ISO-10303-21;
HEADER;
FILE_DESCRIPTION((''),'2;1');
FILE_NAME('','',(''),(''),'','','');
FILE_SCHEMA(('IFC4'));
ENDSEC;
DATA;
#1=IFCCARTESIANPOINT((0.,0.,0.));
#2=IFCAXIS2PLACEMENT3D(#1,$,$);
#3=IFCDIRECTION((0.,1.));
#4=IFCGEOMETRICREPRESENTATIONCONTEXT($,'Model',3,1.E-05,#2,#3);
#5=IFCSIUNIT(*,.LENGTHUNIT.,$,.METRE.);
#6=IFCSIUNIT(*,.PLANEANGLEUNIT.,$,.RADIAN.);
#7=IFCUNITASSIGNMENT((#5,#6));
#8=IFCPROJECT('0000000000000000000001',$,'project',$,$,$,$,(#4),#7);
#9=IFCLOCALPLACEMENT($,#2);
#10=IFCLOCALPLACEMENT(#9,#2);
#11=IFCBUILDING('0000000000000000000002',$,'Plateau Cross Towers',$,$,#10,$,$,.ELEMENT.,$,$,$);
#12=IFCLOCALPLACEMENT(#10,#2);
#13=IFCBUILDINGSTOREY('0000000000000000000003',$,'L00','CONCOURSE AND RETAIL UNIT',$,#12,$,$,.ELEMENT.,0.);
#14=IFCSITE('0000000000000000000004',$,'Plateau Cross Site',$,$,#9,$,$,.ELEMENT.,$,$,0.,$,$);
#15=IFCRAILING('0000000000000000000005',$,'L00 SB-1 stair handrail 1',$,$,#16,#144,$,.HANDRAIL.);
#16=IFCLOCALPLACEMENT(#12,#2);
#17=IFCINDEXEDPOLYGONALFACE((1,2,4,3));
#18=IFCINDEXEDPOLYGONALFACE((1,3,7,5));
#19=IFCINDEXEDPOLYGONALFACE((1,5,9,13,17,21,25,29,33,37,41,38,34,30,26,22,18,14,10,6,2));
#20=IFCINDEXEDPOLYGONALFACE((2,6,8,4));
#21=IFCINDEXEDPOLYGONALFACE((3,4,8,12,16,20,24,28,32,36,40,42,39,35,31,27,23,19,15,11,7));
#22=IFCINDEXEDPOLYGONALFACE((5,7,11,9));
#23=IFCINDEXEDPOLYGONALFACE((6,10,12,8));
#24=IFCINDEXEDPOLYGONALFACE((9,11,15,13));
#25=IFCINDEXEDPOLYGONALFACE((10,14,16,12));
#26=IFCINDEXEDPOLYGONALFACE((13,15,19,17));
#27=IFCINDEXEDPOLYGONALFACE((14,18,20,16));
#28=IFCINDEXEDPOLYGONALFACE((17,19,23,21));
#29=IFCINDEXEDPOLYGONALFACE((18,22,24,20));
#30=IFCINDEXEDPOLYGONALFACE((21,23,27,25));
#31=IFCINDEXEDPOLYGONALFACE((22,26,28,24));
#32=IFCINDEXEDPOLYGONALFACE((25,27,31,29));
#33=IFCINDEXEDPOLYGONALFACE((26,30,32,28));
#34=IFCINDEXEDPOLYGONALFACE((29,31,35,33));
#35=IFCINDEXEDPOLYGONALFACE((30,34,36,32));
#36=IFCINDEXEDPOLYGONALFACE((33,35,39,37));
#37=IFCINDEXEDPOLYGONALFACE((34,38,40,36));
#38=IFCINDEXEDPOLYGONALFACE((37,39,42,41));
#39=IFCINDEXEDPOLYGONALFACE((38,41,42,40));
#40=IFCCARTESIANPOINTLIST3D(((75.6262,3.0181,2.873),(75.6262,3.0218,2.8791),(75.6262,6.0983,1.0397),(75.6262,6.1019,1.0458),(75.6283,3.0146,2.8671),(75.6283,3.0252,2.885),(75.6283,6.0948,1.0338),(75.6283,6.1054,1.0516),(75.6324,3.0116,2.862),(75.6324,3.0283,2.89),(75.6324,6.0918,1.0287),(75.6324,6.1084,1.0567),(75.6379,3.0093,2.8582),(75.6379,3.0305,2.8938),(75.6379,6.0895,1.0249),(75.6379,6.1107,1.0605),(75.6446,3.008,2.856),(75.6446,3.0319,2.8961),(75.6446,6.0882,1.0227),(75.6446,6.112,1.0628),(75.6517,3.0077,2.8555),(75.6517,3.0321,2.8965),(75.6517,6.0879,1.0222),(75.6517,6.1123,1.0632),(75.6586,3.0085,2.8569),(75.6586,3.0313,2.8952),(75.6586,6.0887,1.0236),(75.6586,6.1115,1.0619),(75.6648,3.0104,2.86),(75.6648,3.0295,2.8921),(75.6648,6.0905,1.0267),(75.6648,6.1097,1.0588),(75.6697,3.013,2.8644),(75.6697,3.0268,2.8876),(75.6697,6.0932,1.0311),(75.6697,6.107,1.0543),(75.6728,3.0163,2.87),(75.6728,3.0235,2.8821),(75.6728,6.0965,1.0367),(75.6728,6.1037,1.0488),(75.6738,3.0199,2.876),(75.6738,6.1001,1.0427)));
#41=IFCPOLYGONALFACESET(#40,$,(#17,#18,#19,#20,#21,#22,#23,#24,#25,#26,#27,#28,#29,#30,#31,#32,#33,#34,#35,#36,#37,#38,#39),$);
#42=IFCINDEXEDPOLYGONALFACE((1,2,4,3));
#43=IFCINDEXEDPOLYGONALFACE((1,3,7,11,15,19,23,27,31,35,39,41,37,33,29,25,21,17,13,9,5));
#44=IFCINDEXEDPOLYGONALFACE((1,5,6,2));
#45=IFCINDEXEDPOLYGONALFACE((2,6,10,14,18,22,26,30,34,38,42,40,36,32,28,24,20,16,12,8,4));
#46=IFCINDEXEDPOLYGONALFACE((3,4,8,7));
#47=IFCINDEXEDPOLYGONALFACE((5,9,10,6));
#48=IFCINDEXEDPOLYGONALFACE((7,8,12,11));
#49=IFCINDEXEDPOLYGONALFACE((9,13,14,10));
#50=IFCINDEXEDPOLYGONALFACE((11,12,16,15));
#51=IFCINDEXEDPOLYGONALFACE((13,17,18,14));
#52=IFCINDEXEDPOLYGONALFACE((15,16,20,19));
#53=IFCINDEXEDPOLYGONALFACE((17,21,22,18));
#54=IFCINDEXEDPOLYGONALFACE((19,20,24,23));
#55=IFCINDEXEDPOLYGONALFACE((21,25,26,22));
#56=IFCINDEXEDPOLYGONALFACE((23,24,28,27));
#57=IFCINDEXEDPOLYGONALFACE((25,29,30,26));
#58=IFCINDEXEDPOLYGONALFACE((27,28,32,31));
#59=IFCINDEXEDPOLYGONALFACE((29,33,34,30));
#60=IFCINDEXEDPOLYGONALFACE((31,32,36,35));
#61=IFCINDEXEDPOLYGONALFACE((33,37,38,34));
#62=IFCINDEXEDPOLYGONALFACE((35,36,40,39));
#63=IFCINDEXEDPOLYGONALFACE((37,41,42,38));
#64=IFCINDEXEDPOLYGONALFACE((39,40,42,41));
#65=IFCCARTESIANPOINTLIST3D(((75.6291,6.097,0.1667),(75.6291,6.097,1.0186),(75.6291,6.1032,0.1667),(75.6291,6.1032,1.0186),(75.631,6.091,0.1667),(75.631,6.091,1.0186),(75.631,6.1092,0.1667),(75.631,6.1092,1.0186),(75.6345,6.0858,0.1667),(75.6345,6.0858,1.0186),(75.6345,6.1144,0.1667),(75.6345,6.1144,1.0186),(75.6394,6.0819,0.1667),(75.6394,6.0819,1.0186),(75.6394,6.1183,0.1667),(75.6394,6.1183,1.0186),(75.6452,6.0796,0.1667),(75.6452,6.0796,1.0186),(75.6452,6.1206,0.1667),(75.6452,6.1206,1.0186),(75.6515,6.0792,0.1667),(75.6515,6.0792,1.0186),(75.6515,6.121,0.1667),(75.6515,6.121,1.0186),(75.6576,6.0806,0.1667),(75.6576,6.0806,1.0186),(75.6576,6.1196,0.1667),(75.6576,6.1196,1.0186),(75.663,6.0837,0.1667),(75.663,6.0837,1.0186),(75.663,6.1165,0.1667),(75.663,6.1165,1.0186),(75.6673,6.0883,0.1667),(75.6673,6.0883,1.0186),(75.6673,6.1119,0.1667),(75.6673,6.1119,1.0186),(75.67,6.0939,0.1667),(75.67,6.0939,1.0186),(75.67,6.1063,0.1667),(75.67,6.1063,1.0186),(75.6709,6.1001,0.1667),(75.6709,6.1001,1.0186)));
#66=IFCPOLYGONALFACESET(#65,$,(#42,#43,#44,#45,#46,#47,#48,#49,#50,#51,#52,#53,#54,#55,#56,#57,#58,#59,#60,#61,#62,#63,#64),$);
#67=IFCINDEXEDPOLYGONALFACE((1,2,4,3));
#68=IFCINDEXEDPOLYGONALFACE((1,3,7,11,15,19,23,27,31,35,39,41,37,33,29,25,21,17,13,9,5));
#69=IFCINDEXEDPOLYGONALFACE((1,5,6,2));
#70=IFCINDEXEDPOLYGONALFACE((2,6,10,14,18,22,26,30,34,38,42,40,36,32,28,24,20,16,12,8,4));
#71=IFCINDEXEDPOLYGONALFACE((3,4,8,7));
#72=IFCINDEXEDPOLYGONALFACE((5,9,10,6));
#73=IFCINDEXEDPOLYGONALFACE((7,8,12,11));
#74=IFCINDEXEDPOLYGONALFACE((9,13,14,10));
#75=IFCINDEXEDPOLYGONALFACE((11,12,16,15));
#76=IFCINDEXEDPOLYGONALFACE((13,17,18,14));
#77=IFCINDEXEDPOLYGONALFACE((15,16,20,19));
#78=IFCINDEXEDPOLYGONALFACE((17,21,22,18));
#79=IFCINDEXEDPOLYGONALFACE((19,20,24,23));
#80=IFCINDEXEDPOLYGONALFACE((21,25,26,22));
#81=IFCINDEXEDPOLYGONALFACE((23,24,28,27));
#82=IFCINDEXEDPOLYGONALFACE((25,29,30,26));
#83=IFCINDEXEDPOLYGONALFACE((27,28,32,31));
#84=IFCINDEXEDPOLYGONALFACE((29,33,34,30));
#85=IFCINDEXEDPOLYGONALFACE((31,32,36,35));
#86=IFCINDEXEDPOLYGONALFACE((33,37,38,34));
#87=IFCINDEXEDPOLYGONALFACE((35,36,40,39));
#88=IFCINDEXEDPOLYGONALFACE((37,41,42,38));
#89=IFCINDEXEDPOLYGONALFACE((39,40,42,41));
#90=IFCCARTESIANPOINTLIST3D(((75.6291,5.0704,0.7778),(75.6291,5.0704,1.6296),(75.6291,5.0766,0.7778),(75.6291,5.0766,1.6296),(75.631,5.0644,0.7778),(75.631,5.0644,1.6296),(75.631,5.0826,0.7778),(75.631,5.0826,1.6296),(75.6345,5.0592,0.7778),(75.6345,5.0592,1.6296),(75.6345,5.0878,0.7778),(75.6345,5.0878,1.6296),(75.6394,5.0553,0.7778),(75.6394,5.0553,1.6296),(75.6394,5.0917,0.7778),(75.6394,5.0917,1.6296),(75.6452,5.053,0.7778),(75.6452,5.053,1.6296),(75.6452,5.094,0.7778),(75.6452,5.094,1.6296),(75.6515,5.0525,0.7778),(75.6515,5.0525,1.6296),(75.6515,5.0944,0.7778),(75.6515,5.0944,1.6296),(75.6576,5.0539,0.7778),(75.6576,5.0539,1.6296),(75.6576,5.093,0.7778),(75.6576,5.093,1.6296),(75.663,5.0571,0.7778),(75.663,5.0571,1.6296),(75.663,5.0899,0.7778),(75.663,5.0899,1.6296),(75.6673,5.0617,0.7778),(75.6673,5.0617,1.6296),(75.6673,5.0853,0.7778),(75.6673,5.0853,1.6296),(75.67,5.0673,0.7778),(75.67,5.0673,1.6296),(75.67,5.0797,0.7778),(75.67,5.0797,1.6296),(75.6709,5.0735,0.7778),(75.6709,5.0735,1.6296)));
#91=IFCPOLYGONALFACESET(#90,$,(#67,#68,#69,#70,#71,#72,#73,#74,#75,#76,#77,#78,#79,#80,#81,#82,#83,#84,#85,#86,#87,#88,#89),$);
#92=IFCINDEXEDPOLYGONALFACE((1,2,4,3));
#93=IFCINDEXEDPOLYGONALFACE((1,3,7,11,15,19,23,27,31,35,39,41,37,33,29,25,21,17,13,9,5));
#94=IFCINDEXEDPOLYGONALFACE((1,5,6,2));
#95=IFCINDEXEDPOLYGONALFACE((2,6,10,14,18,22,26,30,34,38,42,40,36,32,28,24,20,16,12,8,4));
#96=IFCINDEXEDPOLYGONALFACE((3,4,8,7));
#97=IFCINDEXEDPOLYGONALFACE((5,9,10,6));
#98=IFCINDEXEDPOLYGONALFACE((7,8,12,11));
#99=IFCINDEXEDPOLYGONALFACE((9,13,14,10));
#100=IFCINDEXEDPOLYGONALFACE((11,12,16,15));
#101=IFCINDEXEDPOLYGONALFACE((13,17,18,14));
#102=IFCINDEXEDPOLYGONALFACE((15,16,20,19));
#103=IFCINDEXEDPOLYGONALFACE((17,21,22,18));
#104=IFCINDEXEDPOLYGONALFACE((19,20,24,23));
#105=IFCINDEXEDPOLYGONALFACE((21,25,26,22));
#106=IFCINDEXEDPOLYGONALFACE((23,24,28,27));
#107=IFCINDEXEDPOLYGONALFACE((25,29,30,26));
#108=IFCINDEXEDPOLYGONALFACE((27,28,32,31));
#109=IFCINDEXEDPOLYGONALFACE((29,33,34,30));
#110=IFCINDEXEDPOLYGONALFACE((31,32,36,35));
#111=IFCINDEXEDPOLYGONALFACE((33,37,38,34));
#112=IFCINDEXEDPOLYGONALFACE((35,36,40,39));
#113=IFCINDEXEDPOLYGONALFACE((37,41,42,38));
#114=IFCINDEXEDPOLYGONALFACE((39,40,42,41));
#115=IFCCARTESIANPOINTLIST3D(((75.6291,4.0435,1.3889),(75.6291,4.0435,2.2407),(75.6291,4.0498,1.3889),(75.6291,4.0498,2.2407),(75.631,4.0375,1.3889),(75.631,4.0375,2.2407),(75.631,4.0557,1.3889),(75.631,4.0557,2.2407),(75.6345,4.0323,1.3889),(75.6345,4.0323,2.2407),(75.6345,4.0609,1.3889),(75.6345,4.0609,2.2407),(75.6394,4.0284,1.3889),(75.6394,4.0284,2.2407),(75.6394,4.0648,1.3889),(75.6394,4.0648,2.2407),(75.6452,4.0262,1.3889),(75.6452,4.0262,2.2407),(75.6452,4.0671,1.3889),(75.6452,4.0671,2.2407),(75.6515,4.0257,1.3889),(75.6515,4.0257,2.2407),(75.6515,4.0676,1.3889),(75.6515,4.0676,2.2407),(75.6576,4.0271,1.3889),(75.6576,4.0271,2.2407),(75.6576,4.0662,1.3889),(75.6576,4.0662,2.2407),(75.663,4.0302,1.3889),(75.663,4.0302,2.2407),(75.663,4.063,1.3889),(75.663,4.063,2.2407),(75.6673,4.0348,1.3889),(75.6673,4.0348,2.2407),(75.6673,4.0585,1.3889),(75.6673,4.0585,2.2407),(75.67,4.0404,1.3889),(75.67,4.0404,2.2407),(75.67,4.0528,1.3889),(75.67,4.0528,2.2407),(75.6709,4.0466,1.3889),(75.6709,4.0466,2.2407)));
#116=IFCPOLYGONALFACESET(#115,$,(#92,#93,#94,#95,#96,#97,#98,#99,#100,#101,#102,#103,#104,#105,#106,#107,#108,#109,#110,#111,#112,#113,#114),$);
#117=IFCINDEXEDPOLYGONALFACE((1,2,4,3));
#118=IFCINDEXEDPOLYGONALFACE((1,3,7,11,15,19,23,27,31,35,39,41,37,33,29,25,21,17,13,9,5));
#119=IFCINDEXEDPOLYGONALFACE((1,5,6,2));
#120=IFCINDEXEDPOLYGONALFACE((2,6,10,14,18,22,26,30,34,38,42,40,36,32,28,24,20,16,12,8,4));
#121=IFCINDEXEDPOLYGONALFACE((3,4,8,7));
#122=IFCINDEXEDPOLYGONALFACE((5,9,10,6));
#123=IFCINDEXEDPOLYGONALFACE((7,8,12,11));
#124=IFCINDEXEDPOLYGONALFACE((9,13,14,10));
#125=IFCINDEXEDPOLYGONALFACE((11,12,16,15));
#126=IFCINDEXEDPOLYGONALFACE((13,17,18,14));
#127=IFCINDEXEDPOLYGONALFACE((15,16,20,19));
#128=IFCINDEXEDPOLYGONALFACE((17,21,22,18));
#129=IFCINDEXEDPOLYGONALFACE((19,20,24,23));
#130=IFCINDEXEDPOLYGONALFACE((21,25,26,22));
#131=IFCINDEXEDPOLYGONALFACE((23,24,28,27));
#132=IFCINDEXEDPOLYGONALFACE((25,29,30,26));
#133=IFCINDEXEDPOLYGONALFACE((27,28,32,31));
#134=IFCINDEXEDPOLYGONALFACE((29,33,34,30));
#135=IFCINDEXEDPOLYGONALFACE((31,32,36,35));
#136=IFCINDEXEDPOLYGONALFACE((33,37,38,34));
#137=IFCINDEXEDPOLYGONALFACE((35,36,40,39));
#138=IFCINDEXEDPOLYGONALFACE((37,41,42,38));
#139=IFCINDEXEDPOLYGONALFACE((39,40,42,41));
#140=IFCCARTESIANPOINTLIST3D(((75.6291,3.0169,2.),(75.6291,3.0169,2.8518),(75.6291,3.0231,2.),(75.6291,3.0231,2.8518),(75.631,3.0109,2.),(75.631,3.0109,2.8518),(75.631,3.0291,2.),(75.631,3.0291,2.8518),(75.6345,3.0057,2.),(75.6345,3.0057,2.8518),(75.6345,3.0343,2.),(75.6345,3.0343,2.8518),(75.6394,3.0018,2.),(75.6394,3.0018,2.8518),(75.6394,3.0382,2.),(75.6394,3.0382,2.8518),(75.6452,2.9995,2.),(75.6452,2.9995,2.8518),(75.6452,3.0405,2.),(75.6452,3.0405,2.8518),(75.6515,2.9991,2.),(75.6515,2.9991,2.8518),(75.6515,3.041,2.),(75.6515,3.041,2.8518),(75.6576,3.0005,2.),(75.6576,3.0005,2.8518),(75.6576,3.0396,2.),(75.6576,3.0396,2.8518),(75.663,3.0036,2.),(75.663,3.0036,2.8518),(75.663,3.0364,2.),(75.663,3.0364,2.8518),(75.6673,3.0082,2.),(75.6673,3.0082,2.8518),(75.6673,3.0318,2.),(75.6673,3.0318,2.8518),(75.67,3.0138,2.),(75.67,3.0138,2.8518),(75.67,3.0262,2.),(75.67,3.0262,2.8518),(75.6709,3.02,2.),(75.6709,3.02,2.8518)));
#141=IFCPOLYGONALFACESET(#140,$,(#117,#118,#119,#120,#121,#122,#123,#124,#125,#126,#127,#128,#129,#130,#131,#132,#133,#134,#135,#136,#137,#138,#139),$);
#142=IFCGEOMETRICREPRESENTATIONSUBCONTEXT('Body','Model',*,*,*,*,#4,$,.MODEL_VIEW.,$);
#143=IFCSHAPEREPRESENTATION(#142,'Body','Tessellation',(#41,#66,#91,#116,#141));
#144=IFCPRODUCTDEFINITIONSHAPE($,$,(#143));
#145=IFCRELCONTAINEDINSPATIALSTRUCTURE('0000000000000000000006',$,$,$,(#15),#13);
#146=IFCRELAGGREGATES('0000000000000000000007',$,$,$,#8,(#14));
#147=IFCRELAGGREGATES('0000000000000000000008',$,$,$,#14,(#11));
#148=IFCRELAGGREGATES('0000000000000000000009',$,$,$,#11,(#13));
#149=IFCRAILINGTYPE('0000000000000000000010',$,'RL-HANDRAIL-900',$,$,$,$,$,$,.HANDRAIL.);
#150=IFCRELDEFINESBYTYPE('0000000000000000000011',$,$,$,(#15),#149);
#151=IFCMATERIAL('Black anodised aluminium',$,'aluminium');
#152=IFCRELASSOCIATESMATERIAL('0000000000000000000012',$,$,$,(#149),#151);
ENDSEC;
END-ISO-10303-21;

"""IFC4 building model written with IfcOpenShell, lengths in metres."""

from ifc_helpers import new_model, si_unit, direction, frame, origin, origin_2d, place, context, subcontext, project, spatial, circle, extrude, material, type_object, element, save


model = new_model("IFC4")

# Units and contexts
model_context = context("Model", 3, precision=1e-05, world=origin(), true_north=direction((0.0, 1.0)))
body_context = subcontext(model_context, "Body", "Model", "MODEL_VIEW")
ifc_project = project(units=[si_unit("LENGTHUNIT", "METRE"), si_unit("PLANEANGLEUNIT", "RADIAN")], contexts=[model_context])

# Site, building, storey
site_placement = place(None, origin())
site = spatial("IfcSite", under=ifc_project, at=site_placement, Name="Plateau Cross Site", CompositionType="ELEMENT", RefElevation=0.0)
building_placement = place(site_placement, origin())
building = spatial("IfcBuilding", under=site, at=building_placement, Name="Plateau Cross Towers", CompositionType="ELEMENT")
storey_placement = place(building_placement, origin())
storey = spatial("IfcBuildingStorey", under=building, at=storey_placement, Name="L00", Description="CONCOURSE AND RETAIL UNIT", CompositionType="ELEMENT", Elevation=0.0)

# Railing
ifc_material_1 = material(Name="Black anodised aluminium", Category="aluminium")
railing_type_1 = type_object("IfcRailingType", Name="RL-HANDRAIL-900", PredefinedType="HANDRAIL", material=ifc_material_1)
railing_1_placement = place(storey_placement, frame((75.6499, 6.1001, 0.1667)))
element("IfcRailing", 1, at=railing_1_placement, inside=storey, type_object=railing_type_1, Name="L00 SB-1 stair handrail 1", PredefinedType="HANDRAIL", context=body_context, shape_type="SweptSolid", body=[
    extrude(circle(Radius=0.0239, at=origin_2d()), frame((0.0, 0.0, 0.876), z_axis=(0.0, -0.859309, 0.511458), x_axis=(1.0, 0.0, 0.0)), (0.0, 0.0, 1.0), 3.5845),
    extrude(circle(Radius=0.021, at=origin_2d()), origin(), (0.0, 0.0, 1.0), 0.8518),
    extrude(circle(Radius=0.021, at=origin_2d()), frame((0.0, -1.0266, 0.6111)), (0.0, 0.0, 1.0), 0.8518),
    extrude(circle(Radius=0.021, at=origin_2d()), frame((0.0, -2.0535, 1.2222)), (0.0, 0.0, 1.0), 0.8518),
    extrude(circle(Radius=0.021, at=origin_2d()), frame((0.0, -3.0801, 1.8333)), (0.0, 0.0, 1.0), 0.8518),
])

save(model, "model.ifc")
